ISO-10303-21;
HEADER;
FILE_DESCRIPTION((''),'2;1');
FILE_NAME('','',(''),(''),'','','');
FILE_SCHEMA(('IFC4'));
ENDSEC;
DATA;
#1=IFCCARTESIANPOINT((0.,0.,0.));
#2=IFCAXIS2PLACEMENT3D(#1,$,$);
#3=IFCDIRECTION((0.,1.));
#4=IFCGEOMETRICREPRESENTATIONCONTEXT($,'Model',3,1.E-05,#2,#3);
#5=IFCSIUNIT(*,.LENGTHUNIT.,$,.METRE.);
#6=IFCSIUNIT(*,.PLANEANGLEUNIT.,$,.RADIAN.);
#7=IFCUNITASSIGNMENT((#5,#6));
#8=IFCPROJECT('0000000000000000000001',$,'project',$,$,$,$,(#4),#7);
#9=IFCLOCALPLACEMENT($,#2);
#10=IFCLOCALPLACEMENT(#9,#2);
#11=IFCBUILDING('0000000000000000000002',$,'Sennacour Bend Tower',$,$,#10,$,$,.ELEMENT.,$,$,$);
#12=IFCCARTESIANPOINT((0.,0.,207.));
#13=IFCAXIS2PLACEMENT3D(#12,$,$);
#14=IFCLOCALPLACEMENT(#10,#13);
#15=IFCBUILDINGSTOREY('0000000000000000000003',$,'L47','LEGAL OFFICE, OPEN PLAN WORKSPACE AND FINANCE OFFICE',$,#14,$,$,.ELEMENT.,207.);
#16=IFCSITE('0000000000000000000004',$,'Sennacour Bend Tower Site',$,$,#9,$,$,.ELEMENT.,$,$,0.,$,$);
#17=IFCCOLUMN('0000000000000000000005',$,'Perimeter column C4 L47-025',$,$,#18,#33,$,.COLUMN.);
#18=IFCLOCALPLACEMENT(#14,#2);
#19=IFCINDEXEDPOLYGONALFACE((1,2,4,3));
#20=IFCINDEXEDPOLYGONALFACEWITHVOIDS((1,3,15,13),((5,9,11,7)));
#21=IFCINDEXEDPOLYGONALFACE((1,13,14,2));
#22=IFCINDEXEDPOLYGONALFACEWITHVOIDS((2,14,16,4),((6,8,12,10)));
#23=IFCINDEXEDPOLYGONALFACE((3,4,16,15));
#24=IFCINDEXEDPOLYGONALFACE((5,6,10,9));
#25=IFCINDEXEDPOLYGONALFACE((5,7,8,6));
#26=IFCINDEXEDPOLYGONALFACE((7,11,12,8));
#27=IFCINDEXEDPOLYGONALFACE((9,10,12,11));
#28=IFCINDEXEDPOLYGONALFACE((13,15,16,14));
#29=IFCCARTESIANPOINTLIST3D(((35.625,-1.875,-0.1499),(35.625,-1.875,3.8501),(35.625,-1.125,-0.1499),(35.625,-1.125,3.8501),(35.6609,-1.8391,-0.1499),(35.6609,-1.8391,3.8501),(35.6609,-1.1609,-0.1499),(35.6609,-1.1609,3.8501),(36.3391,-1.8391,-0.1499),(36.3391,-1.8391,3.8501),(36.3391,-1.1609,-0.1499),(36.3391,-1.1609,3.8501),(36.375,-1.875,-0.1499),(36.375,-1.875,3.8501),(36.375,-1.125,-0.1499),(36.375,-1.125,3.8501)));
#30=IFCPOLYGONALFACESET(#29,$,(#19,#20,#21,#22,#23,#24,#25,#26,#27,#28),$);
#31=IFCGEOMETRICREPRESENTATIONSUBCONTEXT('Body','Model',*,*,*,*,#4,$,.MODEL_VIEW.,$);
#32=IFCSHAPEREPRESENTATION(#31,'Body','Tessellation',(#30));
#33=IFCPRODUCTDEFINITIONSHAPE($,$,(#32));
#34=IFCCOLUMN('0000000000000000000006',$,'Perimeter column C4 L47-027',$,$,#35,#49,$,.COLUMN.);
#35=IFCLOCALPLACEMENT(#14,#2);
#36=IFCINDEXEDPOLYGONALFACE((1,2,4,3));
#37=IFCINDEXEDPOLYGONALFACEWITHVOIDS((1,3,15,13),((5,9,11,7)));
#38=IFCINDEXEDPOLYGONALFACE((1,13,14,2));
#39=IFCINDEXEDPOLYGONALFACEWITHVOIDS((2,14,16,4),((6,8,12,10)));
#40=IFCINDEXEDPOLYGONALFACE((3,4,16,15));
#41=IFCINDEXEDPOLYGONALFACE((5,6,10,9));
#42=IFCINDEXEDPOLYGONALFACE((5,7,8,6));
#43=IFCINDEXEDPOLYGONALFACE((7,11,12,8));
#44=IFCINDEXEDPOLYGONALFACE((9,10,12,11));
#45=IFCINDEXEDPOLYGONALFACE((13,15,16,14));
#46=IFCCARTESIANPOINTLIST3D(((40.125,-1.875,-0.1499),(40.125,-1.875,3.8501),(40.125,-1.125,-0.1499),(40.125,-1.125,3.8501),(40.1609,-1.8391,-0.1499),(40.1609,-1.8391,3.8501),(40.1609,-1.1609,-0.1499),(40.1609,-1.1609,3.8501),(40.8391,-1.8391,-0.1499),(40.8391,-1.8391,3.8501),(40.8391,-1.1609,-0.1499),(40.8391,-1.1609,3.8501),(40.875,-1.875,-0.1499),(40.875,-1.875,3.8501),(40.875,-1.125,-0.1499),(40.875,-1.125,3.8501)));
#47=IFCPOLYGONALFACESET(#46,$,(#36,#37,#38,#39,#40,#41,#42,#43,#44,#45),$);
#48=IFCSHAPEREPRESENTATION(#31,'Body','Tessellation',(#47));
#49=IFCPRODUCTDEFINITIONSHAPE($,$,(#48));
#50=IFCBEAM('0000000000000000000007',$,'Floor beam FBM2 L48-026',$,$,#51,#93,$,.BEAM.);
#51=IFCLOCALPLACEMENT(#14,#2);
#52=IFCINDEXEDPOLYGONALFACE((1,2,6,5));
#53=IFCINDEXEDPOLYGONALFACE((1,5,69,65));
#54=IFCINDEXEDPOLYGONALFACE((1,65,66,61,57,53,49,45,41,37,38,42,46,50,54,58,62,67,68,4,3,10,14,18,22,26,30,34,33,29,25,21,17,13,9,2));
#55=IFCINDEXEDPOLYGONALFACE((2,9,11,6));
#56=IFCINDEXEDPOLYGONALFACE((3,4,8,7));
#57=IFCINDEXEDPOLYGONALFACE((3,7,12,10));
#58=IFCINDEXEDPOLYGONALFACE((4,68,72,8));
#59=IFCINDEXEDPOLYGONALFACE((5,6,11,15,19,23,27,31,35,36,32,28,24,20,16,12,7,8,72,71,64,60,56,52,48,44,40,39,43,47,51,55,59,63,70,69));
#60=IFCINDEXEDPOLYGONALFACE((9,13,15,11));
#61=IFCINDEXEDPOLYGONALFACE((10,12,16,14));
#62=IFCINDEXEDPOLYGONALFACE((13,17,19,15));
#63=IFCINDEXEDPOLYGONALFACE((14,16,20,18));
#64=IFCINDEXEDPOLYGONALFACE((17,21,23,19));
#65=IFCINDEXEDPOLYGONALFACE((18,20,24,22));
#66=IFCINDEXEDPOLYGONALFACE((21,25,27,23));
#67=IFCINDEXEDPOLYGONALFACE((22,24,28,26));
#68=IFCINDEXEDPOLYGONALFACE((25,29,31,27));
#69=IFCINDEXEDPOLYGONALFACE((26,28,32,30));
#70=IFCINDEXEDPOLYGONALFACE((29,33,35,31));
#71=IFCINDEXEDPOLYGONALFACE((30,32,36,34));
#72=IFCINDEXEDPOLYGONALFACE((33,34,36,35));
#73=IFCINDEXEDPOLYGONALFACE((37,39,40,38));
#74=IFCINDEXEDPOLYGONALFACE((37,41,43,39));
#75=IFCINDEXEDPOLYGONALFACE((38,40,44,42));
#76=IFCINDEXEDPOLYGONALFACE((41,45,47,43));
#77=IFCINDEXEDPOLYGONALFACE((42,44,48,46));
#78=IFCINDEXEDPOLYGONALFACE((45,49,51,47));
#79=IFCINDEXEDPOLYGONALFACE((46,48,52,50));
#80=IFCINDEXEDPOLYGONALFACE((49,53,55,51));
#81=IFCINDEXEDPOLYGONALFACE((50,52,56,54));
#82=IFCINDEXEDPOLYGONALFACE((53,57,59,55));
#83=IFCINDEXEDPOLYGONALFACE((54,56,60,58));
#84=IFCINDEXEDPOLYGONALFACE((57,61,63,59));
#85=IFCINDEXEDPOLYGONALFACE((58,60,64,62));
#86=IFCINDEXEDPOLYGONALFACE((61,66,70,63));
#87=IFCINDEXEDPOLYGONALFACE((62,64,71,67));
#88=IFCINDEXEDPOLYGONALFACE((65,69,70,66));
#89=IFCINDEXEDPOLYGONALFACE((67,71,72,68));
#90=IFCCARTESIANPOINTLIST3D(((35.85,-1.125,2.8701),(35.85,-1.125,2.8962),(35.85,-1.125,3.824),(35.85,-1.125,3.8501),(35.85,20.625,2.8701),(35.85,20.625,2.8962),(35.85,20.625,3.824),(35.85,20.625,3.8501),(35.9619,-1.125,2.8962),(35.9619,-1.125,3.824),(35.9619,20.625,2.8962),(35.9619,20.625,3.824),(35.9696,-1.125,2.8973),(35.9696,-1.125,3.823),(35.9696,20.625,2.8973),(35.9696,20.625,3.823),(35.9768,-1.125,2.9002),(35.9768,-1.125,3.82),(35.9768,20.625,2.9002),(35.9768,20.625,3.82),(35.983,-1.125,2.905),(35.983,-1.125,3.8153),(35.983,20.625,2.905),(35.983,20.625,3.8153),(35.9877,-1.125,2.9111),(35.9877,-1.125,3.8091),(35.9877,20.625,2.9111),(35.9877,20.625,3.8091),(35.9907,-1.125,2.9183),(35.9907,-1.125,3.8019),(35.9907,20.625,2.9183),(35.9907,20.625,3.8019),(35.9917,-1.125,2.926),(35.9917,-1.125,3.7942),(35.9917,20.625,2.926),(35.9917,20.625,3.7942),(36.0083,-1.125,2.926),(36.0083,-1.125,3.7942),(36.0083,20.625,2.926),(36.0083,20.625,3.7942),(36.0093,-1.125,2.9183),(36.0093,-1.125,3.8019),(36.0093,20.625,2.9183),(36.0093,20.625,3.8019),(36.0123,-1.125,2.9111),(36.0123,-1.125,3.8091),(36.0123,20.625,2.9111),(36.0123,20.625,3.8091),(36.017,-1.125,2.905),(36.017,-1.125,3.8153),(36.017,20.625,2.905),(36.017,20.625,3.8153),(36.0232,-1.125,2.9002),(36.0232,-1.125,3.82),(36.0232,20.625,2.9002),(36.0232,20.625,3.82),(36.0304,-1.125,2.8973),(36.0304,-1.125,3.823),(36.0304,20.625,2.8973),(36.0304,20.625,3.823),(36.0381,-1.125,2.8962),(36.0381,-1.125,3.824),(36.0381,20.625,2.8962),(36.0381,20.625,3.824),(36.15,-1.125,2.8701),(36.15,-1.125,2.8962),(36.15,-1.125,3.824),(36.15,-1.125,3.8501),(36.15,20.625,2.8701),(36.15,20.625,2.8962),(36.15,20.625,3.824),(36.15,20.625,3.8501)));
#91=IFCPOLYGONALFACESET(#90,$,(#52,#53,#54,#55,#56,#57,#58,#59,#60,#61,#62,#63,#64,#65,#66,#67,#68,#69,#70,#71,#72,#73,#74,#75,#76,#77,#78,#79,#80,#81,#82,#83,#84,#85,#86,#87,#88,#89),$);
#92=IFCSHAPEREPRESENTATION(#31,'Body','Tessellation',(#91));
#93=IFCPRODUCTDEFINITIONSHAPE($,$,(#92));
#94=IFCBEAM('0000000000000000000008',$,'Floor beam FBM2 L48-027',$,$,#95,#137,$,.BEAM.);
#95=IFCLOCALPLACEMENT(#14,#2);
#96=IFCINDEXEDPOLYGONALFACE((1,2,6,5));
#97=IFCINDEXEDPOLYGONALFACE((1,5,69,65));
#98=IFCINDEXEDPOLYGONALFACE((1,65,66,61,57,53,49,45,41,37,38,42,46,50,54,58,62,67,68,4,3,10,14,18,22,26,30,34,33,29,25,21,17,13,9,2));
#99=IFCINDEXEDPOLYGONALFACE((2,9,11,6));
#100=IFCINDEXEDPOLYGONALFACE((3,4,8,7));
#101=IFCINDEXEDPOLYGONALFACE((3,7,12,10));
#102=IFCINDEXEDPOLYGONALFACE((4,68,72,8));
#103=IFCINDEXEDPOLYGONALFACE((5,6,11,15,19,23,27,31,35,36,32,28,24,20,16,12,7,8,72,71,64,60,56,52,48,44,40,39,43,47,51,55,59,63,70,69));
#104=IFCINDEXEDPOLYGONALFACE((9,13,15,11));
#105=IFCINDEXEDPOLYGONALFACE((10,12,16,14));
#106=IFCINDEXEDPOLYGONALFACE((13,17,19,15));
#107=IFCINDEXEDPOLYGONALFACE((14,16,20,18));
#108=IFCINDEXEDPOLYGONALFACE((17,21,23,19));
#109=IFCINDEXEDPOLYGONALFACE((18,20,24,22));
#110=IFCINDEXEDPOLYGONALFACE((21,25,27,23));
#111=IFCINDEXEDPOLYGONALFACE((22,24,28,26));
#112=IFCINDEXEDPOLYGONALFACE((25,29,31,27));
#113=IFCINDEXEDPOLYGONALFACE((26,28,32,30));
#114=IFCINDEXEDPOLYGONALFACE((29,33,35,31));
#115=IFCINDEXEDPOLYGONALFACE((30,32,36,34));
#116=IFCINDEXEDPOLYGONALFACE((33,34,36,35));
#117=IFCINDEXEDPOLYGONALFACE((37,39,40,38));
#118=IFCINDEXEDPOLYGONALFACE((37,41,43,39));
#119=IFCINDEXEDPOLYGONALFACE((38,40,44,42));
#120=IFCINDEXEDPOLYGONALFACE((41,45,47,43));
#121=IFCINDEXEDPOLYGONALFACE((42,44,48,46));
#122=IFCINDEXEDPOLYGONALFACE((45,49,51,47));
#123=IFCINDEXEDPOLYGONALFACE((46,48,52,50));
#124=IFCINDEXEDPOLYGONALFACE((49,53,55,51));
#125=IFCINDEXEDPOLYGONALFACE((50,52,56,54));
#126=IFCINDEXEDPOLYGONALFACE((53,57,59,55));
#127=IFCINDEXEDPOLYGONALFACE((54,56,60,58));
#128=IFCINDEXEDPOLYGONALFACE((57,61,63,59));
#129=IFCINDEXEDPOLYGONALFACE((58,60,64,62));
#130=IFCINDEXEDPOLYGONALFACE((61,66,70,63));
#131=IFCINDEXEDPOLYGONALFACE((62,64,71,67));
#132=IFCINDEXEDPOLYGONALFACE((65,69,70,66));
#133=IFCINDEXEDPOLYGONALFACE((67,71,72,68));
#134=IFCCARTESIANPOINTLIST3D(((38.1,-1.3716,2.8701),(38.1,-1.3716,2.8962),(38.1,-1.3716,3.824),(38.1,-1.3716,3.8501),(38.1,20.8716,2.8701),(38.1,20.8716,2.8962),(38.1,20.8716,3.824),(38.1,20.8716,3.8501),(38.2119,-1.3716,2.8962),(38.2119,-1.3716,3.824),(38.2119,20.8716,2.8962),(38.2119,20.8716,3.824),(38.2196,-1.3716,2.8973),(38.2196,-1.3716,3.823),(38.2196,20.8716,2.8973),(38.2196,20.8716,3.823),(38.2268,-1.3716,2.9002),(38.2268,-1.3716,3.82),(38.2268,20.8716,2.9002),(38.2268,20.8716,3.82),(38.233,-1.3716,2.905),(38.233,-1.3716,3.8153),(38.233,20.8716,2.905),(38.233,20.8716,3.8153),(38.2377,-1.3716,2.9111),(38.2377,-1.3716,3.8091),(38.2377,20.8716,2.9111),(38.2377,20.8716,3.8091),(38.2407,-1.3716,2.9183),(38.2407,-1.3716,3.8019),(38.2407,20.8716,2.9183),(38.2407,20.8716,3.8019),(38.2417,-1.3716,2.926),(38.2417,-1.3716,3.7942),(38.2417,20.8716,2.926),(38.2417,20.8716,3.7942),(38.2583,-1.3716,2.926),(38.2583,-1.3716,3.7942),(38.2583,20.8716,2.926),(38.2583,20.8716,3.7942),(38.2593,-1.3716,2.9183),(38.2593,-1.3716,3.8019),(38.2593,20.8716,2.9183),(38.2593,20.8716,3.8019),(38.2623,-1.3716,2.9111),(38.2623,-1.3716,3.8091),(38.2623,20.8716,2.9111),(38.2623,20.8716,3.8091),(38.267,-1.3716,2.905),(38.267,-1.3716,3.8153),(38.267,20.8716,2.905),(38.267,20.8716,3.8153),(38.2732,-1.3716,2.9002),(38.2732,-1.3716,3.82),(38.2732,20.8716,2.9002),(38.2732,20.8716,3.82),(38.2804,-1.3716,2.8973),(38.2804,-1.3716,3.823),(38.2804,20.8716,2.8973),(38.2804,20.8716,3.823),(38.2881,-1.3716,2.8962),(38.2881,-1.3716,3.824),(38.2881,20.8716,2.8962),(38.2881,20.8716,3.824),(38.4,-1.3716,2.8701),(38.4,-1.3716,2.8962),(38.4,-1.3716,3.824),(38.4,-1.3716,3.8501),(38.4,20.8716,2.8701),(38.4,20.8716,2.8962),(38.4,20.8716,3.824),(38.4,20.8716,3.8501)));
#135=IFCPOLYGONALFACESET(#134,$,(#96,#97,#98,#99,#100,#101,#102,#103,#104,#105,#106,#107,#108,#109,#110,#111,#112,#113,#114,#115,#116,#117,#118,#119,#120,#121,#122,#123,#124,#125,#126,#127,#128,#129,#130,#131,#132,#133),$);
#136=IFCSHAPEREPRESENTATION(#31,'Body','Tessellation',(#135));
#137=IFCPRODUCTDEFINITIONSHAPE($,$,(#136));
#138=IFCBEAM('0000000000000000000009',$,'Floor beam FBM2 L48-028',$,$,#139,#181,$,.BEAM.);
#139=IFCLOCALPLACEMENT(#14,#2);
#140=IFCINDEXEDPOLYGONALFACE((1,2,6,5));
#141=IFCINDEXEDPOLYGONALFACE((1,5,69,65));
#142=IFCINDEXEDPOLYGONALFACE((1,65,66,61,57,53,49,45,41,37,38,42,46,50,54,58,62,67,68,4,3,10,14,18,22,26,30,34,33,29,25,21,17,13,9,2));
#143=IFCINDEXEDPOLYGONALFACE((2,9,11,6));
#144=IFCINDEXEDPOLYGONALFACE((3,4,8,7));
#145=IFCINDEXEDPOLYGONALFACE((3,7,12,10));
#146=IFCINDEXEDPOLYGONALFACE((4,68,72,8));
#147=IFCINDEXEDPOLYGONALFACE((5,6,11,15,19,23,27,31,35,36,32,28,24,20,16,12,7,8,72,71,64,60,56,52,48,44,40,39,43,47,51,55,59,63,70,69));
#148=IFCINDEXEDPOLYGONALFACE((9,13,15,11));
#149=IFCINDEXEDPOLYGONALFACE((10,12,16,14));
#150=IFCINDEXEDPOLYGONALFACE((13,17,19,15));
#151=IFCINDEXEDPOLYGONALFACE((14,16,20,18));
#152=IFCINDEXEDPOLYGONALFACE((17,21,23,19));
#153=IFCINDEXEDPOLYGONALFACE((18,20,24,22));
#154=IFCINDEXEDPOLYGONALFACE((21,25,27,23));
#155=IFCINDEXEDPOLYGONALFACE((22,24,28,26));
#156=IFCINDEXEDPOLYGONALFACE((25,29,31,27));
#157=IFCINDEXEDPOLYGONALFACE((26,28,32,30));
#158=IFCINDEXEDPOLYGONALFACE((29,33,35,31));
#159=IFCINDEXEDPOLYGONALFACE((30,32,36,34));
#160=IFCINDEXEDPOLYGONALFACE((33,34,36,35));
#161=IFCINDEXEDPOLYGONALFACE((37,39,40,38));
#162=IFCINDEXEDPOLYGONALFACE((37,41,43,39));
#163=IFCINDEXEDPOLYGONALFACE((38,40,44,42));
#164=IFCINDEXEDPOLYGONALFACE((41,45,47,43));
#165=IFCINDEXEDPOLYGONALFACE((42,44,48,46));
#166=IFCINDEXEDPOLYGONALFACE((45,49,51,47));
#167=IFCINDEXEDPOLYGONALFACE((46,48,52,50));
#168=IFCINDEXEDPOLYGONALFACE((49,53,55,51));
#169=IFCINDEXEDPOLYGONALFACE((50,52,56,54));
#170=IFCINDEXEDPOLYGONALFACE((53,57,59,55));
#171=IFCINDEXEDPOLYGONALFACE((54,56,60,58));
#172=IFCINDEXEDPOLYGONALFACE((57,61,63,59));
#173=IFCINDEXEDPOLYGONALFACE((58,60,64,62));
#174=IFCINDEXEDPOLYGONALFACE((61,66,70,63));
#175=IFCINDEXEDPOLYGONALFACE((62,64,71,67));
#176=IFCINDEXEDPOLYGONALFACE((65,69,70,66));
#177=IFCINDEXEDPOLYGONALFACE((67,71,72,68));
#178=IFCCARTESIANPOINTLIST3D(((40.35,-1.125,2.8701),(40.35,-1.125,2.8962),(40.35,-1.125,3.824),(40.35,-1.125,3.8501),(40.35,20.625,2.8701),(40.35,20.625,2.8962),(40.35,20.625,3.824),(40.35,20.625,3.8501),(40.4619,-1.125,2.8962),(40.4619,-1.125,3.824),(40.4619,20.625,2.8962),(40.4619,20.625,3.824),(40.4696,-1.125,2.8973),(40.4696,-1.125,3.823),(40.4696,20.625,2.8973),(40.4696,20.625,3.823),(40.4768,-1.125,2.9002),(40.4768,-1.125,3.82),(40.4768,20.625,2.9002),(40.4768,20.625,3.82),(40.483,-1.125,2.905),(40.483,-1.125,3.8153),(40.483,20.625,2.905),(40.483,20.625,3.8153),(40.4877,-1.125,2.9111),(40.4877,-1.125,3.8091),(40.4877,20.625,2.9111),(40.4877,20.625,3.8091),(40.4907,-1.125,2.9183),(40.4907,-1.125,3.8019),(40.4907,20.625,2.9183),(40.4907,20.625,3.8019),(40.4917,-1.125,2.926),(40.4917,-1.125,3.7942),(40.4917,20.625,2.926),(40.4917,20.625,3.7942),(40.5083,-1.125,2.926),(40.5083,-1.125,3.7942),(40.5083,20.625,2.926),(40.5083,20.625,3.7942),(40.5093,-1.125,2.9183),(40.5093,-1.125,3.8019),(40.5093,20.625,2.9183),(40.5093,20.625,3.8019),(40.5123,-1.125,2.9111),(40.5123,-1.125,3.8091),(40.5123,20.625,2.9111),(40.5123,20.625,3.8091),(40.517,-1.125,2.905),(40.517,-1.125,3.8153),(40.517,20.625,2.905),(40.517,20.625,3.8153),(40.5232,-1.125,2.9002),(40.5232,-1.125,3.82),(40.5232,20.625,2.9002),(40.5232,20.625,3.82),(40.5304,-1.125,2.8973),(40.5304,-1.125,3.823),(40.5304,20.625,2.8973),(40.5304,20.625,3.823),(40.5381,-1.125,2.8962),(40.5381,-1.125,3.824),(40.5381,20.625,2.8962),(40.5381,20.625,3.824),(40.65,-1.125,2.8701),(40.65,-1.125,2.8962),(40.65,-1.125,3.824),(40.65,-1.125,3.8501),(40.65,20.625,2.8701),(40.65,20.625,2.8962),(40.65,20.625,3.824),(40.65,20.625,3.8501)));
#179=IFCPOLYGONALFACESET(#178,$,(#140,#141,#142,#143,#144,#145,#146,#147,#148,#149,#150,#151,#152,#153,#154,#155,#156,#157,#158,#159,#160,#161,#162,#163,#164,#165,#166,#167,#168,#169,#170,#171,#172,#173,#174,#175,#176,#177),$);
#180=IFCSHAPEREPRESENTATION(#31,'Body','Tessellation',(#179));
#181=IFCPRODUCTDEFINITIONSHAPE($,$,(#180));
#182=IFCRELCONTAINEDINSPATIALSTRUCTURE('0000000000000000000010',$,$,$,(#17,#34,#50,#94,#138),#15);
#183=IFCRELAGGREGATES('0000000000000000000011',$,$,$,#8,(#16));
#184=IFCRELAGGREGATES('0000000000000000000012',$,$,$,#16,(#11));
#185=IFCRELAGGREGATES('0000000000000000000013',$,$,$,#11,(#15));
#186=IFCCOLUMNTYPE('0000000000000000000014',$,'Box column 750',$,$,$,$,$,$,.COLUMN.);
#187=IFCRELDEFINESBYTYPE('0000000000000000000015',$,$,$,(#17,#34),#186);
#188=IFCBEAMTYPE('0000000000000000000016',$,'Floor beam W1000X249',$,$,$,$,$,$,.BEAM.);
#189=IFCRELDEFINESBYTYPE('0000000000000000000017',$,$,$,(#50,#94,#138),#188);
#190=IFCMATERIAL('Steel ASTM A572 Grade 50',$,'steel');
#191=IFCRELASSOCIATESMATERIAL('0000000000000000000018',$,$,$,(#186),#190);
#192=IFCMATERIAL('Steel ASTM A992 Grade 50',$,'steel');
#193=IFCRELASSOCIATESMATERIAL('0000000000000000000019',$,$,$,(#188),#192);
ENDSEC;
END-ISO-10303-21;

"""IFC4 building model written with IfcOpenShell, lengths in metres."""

from ifc_helpers import new_model, si_unit, direction, frame, origin, origin_2d, place, context, subcontext, project, spatial, hollow_rectangle, i_section, extrude, material, material_profile, profile_set, type_object, element, save


model = new_model("IFC4")

# Units and contexts
model_context = context("Model", 3, precision=1e-05, world=origin(), true_north=direction((0.0, 1.0)))
body_context = subcontext(model_context, "Body", "Model", "MODEL_VIEW")
ifc_project = project(units=[si_unit("LENGTHUNIT", "METRE"), si_unit("PLANEANGLEUNIT", "RADIAN")], contexts=[model_context])

# Site, building, storey
site_placement = place(None, origin())
site = spatial("IfcSite", under=ifc_project, at=site_placement, Name="Sennacour Bend Tower Site", CompositionType="ELEMENT", RefElevation=0.0)
building_placement = place(site_placement, origin())
building = spatial("IfcBuilding", under=site, at=building_placement, Name="Sennacour Bend Tower", CompositionType="ELEMENT")
storey_placement = place(building_placement, frame((0.0, 0.0, 207.0)))
storey = spatial("IfcBuildingStorey", under=building, at=storey_placement, Name="L47", Description="LEGAL OFFICE, OPEN PLAN WORKSPACE AND FINANCE OFFICE", CompositionType="ELEMENT", Elevation=207.0)

# Columns
ifc_material_1 = material(Name="Steel ASTM A572 Grade 50", Category="steel")
ifc_material_profile_1 = material_profile(ifc_material_1, hollow_rectangle(XDim=0.75, YDim=0.75, WallThickness=0.0359, at=origin_2d()), Name="Steel ASTM A572 Grade 50", Category="steel")
ifc_profile_set_1 = profile_set([ifc_material_profile_1], Name="Steel ASTM A572 Grade 50")
column_type = type_object("IfcColumnType", Name="Box column 750", PredefinedType="COLUMN", material=ifc_profile_set_1)
for number, where, z_axis, x_axis, name in (
    (1, (36.0, -1.5, -0.1499), (0.0, 0.0, 1.0), (1.0, 0.0, 0.0), "Perimeter column C4 L47-025"),
    (2, (40.5, -1.5, -0.1499), (0.0, 0.0, 1.0), (1.0, 0.0, 0.0), "Perimeter column C4 L47-027"),
):
    element("IfcColumn", number, at=place(storey_placement, frame(where, z_axis=z_axis, x_axis=x_axis)), inside=storey, type_object=column_type, Name=name, PredefinedType="COLUMN", context=body_context, shape_type="SweptSolid", body=[
        extrude(hollow_rectangle(XDim=0.75, YDim=0.75, WallThickness=0.0359, at=origin_2d()), origin(), (0.0, 0.0, 1.0), 4.0),
    ])

# Beams
ifc_material_2 = material(Name="Steel ASTM A992 Grade 50", Category="steel")
ifc_material_profile_2 = material_profile(ifc_material_2, i_section(OverallWidth=0.3, OverallDepth=0.98, WebThickness=0.0166, FlangeThickness=0.0261, FilletRadius=0.0298, at=origin_2d()), Name="Steel ASTM A992 Grade 50", Category="steel")
ifc_profile_set_2 = profile_set([ifc_material_profile_2], Name="Steel ASTM A992 Grade 50")
beam_type_1 = type_object("IfcBeamType", Name="Floor beam W1000X249", PredefinedType="BEAM", material=ifc_profile_set_2)
beam_1_placement = place(storey_placement, frame((36.0, -1.125, 3.3601), z_axis=(0.0, 1.0, 0.0), x_axis=(-1.0, 0.0, 0.0)))
element("IfcBeam", 3, at=beam_1_placement, inside=storey, type_object=beam_type_1, Name="Floor beam FBM2 L48-026", PredefinedType="BEAM", context=body_context, shape_type="SweptSolid", body=[
    extrude(i_section(OverallWidth=0.3, OverallDepth=0.98, WebThickness=0.0166, FlangeThickness=0.0261, FilletRadius=0.0298, at=origin_2d()), origin(), (0.0, 0.0, 1.0), 21.75),
])
beam_2_placement = place(storey_placement, frame((38.25, -1.3716, 3.3601), z_axis=(0.0, 1.0, 0.0), x_axis=(-1.0, 0.0, 0.0)))
element("IfcBeam", 4, at=beam_2_placement, inside=storey, type_object=beam_type_1, Name="Floor beam FBM2 L48-027", PredefinedType="BEAM", context=body_context, shape_type="SweptSolid", body=[
    extrude(i_section(OverallWidth=0.3, OverallDepth=0.98, WebThickness=0.0166, FlangeThickness=0.0261, FilletRadius=0.0298, at=origin_2d()), origin(), (0.0, 0.0, 1.0), 22.2432),
])
beam_3_placement = place(storey_placement, frame((40.5, -1.125, 3.3601), z_axis=(0.0, 1.0, 0.0), x_axis=(-1.0, 0.0, 0.0)))
element("IfcBeam", 5, at=beam_3_placement, inside=storey, type_object=beam_type_1, Name="Floor beam FBM2 L48-028", PredefinedType="BEAM", context=body_context, shape_type="SweptSolid", body=[
    extrude(i_section(OverallWidth=0.3, OverallDepth=0.98, WebThickness=0.0166, FlangeThickness=0.0261, FilletRadius=0.0298, at=origin_2d()), origin(), (0.0, 0.0, 1.0), 21.75),
])

save(model, "model.ifc")
